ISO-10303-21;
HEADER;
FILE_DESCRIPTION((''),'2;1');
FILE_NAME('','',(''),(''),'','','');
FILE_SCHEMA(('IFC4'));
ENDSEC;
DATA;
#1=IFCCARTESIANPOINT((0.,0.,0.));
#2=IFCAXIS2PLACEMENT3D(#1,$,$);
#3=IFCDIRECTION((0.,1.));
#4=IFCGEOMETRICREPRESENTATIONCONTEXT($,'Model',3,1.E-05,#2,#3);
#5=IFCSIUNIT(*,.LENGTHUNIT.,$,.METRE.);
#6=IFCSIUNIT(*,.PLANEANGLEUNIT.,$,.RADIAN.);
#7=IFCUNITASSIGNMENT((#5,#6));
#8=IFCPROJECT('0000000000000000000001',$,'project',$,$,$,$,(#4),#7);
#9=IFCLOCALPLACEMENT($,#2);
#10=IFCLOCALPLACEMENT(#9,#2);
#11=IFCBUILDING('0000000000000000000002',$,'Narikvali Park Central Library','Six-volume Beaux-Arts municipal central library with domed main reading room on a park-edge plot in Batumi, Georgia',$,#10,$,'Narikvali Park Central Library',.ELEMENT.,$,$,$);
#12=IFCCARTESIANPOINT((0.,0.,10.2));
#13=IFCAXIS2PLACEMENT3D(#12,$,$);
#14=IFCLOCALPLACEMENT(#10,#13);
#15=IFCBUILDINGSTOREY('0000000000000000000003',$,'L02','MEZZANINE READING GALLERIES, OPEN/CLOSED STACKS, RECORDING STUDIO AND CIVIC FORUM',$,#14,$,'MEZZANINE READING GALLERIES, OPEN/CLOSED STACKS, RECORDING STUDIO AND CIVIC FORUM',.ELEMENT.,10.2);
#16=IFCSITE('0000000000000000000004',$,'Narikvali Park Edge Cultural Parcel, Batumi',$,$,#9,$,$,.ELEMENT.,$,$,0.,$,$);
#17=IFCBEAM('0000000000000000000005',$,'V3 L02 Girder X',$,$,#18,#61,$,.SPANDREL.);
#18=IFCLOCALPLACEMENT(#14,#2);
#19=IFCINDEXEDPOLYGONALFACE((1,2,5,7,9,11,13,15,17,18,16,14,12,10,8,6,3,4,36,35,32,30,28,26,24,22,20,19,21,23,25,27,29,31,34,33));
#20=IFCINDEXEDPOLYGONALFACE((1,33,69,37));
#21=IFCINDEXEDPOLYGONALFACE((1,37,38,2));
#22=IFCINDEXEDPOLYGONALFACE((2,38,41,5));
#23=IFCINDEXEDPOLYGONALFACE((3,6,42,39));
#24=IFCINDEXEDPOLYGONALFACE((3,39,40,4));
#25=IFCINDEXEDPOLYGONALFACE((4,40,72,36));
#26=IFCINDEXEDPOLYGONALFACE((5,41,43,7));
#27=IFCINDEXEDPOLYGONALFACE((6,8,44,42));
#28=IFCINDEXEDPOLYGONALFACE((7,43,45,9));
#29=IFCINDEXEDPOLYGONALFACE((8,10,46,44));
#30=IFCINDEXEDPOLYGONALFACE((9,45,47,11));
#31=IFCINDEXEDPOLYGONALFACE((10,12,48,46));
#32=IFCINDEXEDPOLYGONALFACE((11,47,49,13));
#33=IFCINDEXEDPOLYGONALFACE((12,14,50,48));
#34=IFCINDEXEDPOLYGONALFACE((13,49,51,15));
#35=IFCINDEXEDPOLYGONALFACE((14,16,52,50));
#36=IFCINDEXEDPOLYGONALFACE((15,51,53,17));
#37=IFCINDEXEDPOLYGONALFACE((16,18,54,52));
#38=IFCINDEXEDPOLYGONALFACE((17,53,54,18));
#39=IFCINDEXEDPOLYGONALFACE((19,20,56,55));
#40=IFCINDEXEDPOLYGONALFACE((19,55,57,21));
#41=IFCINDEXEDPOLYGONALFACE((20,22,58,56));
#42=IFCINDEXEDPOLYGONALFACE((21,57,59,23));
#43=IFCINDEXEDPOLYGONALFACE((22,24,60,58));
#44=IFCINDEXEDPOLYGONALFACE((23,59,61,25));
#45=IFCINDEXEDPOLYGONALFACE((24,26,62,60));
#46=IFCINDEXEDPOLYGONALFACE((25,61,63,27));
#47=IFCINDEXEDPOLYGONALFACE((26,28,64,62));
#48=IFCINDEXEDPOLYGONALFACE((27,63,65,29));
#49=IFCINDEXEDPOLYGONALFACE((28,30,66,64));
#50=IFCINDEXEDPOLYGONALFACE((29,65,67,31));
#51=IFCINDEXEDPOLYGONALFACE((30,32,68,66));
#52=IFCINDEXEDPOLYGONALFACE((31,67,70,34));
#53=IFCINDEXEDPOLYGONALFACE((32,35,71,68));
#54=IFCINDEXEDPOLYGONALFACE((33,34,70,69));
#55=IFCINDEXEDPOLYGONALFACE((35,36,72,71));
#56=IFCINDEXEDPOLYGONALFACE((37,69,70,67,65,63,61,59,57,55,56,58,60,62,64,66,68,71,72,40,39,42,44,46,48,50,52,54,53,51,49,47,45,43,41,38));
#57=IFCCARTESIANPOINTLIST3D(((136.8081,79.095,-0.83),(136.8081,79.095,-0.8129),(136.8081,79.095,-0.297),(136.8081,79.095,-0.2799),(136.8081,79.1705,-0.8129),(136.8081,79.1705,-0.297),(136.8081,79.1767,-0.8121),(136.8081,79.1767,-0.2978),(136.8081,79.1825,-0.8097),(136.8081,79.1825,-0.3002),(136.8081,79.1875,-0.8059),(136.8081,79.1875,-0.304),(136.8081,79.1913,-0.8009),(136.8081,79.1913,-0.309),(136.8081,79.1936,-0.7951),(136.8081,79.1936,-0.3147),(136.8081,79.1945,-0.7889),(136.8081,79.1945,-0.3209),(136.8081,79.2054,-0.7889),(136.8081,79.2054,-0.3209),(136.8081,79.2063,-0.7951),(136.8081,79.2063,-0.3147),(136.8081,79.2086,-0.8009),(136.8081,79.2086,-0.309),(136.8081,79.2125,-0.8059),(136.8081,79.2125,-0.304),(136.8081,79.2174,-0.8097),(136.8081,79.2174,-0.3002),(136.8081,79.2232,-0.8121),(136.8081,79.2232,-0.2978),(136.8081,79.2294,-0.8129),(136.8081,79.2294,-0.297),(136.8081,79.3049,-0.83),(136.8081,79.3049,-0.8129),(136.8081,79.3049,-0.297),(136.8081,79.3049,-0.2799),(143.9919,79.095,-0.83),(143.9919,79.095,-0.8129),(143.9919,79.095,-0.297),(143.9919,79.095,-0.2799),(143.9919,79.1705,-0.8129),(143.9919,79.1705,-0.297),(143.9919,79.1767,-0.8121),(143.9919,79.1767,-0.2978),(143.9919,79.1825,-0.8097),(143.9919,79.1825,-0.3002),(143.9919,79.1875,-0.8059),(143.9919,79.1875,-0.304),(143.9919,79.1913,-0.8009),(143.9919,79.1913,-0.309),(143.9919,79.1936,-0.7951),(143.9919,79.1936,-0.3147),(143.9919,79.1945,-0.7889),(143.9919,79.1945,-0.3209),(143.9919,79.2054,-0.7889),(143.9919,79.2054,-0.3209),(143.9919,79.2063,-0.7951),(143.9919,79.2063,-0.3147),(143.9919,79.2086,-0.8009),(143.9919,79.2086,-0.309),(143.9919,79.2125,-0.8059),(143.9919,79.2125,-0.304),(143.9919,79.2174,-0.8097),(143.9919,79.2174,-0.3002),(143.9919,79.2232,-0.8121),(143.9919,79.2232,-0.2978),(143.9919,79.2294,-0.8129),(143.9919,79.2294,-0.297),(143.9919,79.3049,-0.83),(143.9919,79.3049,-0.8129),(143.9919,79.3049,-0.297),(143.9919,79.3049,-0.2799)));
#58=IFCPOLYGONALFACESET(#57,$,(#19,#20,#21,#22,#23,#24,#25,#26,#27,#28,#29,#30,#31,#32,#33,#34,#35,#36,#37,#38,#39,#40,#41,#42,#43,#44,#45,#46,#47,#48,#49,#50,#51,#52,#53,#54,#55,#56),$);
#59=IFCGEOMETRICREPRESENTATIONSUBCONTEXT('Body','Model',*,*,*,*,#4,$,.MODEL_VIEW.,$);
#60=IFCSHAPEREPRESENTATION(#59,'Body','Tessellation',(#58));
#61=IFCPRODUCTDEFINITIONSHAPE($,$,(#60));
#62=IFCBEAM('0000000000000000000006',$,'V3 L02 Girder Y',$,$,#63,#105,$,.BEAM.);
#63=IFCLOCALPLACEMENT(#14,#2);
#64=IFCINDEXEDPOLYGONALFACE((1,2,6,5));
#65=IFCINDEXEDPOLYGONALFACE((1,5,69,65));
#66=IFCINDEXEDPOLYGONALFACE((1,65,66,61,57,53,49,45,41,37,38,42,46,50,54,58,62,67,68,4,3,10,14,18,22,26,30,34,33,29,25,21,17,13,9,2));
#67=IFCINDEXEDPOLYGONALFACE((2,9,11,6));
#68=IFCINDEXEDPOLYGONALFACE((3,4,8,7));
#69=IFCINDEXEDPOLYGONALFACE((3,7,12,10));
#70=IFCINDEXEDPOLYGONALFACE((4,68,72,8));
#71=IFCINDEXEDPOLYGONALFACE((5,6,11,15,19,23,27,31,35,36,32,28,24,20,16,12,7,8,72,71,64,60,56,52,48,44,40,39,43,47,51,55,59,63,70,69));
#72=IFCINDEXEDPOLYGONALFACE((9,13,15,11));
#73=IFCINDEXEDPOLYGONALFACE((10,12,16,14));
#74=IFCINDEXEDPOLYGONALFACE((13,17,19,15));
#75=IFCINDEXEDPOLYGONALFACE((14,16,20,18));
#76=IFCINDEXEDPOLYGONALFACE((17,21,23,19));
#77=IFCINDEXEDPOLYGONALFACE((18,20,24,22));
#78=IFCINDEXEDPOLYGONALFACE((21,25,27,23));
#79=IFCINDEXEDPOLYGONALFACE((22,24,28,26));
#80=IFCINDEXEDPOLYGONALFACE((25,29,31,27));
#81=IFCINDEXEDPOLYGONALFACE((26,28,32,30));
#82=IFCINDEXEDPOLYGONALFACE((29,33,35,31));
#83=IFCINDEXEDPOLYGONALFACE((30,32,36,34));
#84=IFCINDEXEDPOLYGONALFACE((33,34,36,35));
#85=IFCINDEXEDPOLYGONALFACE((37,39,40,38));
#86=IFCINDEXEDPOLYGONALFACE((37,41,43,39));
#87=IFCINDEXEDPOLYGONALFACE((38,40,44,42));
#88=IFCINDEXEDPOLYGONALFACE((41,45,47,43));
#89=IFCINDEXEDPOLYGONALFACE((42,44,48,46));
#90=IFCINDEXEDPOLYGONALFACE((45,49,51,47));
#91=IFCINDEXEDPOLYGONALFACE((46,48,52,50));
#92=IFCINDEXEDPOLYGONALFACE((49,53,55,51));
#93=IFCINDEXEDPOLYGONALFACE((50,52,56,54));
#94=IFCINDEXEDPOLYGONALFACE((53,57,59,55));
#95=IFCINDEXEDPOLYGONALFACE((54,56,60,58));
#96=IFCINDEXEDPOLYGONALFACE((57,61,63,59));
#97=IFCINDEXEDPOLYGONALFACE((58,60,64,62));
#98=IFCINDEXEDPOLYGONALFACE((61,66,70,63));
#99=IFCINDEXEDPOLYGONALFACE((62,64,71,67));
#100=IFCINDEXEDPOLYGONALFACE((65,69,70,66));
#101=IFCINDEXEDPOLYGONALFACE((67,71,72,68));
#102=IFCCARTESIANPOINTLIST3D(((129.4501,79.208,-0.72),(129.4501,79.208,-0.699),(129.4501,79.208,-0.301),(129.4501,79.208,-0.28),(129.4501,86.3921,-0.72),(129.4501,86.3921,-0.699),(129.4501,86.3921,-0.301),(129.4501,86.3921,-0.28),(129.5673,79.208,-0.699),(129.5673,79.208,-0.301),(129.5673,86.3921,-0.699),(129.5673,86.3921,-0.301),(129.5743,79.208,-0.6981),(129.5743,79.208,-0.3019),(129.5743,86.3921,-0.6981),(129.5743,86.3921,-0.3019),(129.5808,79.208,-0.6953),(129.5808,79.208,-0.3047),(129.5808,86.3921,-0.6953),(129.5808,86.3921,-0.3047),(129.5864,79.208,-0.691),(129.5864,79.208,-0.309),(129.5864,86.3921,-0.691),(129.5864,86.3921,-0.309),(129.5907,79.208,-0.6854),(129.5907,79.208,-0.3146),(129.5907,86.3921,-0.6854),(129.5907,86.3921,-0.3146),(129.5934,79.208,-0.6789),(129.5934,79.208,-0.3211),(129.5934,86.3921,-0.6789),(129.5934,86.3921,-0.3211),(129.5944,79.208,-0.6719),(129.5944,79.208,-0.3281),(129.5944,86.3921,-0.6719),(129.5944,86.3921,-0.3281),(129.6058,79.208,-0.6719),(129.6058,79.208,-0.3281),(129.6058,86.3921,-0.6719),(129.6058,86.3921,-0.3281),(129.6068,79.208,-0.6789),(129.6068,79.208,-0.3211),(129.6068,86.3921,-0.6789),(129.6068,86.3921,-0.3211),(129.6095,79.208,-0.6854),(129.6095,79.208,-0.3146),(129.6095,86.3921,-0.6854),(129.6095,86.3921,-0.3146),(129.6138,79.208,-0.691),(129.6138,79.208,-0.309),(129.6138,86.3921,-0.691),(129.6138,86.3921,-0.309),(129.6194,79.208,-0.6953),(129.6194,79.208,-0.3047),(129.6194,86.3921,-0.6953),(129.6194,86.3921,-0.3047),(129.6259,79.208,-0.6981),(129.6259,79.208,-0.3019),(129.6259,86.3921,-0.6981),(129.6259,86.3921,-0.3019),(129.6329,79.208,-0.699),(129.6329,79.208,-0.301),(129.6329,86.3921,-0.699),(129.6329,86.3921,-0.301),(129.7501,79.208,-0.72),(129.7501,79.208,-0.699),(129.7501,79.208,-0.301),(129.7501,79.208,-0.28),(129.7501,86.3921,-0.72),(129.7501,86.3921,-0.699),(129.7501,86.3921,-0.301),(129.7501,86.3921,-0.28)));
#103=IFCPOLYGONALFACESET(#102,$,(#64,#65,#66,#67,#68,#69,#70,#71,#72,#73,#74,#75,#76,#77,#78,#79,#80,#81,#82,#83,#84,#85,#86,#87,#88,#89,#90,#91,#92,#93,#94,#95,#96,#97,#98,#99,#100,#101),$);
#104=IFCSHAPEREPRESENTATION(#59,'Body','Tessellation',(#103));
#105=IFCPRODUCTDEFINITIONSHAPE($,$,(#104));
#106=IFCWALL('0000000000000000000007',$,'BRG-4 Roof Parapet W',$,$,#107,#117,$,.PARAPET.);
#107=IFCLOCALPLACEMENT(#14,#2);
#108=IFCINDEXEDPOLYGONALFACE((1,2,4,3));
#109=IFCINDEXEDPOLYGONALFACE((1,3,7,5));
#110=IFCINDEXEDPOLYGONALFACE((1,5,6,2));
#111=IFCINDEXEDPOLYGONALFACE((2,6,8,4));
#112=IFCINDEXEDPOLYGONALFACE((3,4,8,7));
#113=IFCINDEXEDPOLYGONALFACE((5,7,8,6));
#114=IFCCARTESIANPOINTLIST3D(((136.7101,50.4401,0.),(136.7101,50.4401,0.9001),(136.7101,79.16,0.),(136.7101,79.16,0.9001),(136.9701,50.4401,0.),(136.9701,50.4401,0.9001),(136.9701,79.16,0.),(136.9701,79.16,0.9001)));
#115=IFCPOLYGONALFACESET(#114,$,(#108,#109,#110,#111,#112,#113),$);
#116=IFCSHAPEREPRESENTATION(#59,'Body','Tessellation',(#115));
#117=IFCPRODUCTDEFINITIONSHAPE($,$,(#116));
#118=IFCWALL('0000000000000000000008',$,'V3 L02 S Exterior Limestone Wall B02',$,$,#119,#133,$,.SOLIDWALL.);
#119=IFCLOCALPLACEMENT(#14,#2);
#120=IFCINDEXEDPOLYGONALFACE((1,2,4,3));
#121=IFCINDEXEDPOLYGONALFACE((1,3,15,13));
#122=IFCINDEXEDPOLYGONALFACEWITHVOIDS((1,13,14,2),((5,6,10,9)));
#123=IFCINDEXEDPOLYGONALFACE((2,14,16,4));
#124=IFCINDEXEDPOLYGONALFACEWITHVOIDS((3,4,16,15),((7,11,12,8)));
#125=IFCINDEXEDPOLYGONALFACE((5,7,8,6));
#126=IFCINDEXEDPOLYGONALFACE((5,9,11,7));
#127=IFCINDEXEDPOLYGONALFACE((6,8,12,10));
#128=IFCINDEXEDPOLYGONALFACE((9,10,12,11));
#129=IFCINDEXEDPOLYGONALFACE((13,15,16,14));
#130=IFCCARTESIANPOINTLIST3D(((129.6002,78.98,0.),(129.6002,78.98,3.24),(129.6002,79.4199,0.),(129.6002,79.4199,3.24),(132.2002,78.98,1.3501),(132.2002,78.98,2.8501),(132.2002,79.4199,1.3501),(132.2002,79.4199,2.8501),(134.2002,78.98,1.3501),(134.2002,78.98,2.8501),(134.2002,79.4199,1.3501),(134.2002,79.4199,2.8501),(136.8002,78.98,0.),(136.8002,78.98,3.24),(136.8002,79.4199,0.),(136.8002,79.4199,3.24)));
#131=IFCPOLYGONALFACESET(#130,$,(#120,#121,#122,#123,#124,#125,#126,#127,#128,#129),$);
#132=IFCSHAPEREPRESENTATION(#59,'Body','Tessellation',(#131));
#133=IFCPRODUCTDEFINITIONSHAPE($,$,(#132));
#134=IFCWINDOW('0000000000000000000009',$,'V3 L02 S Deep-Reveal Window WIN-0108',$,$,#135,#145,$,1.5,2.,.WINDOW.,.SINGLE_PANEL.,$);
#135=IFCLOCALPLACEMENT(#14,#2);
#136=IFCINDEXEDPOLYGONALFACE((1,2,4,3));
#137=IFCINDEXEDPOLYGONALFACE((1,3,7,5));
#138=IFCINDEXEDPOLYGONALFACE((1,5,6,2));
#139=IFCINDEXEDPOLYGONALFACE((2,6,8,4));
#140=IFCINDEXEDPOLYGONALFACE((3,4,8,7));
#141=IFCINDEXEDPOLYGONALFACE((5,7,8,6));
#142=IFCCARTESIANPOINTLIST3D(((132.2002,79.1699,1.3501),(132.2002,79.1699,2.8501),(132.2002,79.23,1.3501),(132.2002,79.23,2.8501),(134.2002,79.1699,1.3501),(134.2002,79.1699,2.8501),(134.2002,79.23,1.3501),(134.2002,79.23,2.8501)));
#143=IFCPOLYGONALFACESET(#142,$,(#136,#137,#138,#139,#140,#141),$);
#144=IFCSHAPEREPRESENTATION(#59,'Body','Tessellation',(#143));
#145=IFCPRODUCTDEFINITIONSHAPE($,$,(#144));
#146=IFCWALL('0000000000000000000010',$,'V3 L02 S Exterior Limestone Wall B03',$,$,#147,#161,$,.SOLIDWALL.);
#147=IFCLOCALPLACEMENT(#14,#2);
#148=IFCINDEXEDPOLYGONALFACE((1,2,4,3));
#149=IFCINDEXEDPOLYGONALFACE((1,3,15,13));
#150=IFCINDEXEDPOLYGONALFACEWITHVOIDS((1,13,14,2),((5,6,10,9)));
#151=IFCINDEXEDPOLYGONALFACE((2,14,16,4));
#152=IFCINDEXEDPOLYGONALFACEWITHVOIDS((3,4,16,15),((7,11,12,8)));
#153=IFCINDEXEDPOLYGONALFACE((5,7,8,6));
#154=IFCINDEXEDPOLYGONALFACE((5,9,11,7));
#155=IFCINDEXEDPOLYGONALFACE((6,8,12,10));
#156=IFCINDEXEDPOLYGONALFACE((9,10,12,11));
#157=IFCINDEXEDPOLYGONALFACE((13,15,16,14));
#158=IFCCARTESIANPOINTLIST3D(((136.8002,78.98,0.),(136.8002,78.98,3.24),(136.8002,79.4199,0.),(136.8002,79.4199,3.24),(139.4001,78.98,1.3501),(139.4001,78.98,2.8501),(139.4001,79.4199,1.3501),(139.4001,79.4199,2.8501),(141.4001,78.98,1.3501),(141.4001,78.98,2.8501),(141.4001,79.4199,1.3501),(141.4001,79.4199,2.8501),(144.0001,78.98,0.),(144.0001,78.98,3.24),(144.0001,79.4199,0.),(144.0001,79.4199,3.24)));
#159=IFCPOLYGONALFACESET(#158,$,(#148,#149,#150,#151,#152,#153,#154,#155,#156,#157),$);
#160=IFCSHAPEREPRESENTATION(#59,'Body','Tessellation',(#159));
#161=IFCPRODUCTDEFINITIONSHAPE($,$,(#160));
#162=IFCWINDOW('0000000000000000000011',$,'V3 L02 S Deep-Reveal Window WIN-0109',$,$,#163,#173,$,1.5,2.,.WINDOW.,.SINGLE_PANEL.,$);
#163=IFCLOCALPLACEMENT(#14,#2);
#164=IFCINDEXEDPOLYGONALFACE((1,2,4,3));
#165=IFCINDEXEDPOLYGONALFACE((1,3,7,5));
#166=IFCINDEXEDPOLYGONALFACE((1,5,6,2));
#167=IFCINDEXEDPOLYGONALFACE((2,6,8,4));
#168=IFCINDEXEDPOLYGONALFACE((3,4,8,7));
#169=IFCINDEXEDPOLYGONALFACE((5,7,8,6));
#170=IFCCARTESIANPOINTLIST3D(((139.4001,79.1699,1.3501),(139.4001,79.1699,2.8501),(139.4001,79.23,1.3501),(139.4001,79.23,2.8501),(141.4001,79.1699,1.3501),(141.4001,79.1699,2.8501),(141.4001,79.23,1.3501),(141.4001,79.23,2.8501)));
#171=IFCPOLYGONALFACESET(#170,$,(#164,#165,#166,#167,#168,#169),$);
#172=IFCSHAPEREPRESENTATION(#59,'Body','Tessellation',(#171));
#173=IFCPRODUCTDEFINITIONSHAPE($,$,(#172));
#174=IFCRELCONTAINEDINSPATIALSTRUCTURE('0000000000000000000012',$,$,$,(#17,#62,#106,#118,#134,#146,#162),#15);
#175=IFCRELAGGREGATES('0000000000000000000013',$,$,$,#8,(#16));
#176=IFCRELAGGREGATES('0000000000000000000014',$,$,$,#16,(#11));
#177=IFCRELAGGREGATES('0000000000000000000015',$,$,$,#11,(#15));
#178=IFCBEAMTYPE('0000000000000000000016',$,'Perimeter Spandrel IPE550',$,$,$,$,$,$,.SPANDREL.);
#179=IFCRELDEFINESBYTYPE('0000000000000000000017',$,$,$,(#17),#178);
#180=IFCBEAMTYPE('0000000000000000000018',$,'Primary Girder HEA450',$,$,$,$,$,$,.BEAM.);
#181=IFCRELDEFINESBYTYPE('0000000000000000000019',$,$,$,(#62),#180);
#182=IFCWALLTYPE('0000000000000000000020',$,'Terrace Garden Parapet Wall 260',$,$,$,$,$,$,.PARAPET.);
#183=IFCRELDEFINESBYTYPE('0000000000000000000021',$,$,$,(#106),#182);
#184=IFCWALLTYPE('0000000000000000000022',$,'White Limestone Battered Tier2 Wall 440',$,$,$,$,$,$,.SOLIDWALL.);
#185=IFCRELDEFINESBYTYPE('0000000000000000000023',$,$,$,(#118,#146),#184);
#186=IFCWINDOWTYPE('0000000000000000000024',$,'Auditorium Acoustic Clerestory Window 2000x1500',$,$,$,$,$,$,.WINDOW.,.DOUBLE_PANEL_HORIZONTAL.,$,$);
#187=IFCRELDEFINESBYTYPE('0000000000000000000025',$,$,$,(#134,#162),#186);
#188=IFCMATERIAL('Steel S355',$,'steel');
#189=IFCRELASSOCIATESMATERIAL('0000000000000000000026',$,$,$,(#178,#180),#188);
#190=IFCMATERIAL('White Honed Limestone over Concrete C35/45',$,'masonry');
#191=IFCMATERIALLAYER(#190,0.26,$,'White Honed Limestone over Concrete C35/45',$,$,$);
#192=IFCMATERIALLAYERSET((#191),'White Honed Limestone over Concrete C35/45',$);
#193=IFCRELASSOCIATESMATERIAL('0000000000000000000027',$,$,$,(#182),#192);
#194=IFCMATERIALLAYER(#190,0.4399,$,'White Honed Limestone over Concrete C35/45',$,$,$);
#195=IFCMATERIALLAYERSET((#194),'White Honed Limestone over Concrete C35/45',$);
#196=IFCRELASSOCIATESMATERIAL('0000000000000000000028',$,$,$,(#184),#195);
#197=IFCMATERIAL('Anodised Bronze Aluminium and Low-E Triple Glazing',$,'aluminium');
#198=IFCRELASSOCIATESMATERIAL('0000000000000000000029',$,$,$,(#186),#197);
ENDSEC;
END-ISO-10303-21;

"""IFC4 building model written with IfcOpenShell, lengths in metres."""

from ifc_helpers import new_model, si_unit, direction, frame, frame_2d, origin, origin_2d, place, context, subcontext, project, spatial, rectangle, i_section, extrude, material, layer, layer_set, material_profile, profile_set, type_object, element, fill, save


model = new_model("IFC4")

# Units and contexts
model_context = context("Model", 3, precision=1e-05, world=origin(), true_north=direction((0.0, 1.0)))
body_context = subcontext(model_context, "Body", "Model", "MODEL_VIEW")
ifc_project = project(units=[si_unit("LENGTHUNIT", "METRE"), si_unit("PLANEANGLEUNIT", "RADIAN")], contexts=[model_context])

# Site, building, storey
site_placement = place(None, origin())
site = spatial("IfcSite", under=ifc_project, at=site_placement, Name="Narikvali Park Edge Cultural Parcel, Batumi", CompositionType="ELEMENT", RefElevation=0.0)
building_placement = place(site_placement, origin())
building = spatial("IfcBuilding", under=site, at=building_placement, Name="Narikvali Park Central Library", Description="Six-volume Beaux-Arts municipal central library with domed main reading room on a park-edge plot in Batumi, Georgia", LongName="Narikvali Park Central Library", CompositionType="ELEMENT")
storey_placement = place(building_placement, frame((0.0, 0.0, 10.2)))
storey = spatial("IfcBuildingStorey", under=building, at=storey_placement, Name="L02", Description="MEZZANINE READING GALLERIES, OPEN/CLOSED STACKS, RECORDING STUDIO AND CIVIC FORUM", LongName="MEZZANINE READING GALLERIES, OPEN/CLOSED STACKS, RECORDING STUDIO AND CIVIC FORUM", CompositionType="ELEMENT", Elevation=10.2)

# Shared definitions
ifc_material_1 = material(Name="Steel S355", Category="steel")

# Beams
ifc_material_profile_1 = material_profile(ifc_material_1, i_section(OverallWidth=0.21, OverallDepth=0.55, WebThickness=0.011, FlangeThickness=0.0171, FilletRadius=0.0239, at=origin_2d()), Name="IPE 550")
ifc_profile_set_1 = profile_set([ifc_material_profile_1], Name="Steel S355")
beam_type_1 = type_object("IfcBeamType", Name="Perimeter Spandrel IPE550", PredefinedType="SPANDREL", material=ifc_profile_set_1)
beam_1_placement = place(storey_placement, frame((136.8081, 79.2, -0.5549), z_axis=(1.0, 0.0, 0.0), x_axis=(0.0, 1.0, 0.0)))
element("IfcBeam", 1, at=beam_1_placement, inside=storey, type_object=beam_type_1, Name="V3 L02 Girder X", PredefinedType="SPANDREL", context=body_context, shape_type="SweptSolid", body=[
    extrude(i_section(OverallWidth=0.21, OverallDepth=0.55, WebThickness=0.011, FlangeThickness=0.0171, FilletRadius=0.0239, at=origin_2d()), origin(), (0.0, 0.0, 1.0), 7.1838),
])
ifc_material_profile_2 = material_profile(ifc_material_1, i_section(OverallWidth=0.3, OverallDepth=0.4399, WebThickness=0.0115, FlangeThickness=0.021, FilletRadius=0.0271, at=origin_2d()), Name="HEA 450")
ifc_profile_set_2 = profile_set([ifc_material_profile_2], Name="Steel S355")
beam_type_2 = type_object("IfcBeamType", Name="Primary Girder HEA450", PredefinedType="BEAM", material=ifc_profile_set_2)
beam_2_placement = place(storey_placement, frame((129.6001, 79.208, -0.5), z_axis=(0.0, 1.0, 0.0), x_axis=(-1.0, 0.0, 0.0)))
element("IfcBeam", 2, at=beam_2_placement, inside=storey, type_object=beam_type_2, Name="V3 L02 Girder Y", PredefinedType="BEAM", context=body_context, shape_type="SweptSolid", body=[
    extrude(i_section(OverallWidth=0.3, OverallDepth=0.4399, WebThickness=0.0115, FlangeThickness=0.021, FilletRadius=0.0271, at=origin_2d()), origin(), (0.0, 0.0, 1.0), 7.1841),
])

# Wall
ifc_material_2 = material(Name="White Honed Limestone over Concrete C35/45", Category="masonry")
ifc_layer_1 = layer(ifc_material_2, 0.26, Name="White Honed Limestone over Concrete C35/45")
ifc_layer_set_1 = layer_set([ifc_layer_1], Name="White Honed Limestone over Concrete C35/45")
wall_type_1 = type_object("IfcWallType", Name="Terrace Garden Parapet Wall 260", PredefinedType="PARAPET", material=ifc_layer_set_1)
wall_1_placement = place(storey_placement, frame((136.8401, 79.1599, 0.0), z_axis=(0.0, 0.0, 1.0), x_axis=(0.0, -1.0, 0.0)))
element("IfcWall", 3, at=wall_1_placement, inside=storey, type_object=wall_type_1, Name="BRG-4 Roof Parapet W", PredefinedType="PARAPET", context=body_context, shape_type="SweptSolid", body=[
    extrude(rectangle(XDim=28.72, YDim=0.26, at=frame_2d((14.3599, 0.0))), origin(), (0.0, 0.0, 1.0), 0.9001),
])

# Walls, openings, windows
ifc_layer_2 = layer(ifc_material_2, 0.4399, Name="White Honed Limestone over Concrete C35/45")
ifc_layer_set_2 = layer_set([ifc_layer_2], Name="White Honed Limestone over Concrete C35/45")
wall_type_2 = type_object("IfcWallType", Name="White Limestone Battered Tier2 Wall 440", PredefinedType="SOLIDWALL", material=ifc_layer_set_2)
wall_2_placement = place(storey_placement, frame((129.6001, 79.2, 0.0), z_axis=(0.0, 0.0, 1.0), x_axis=(1.0, 0.0, 0.0)))
wall_2 = element("IfcWall", 4, at=wall_2_placement, inside=storey, type_object=wall_type_2, Name="V3 L02 S Exterior Limestone Wall B02", PredefinedType="SOLIDWALL", context=body_context, shape_type="SweptSolid", body=[
    extrude(rectangle(XDim=7.2, YDim=0.4399, at=frame_2d((3.6001, 0.0))), origin(), (0.0, 0.0, 1.0), 3.24),
])
opening_1_placement = place(wall_2_placement, frame((2.6001, 0.0, 1.3501)))
opening_1 = element("IfcOpeningElement", 5, at=opening_1_placement, cuts=wall_2, PredefinedType="OPENING", context=body_context, shape_type="SweptSolid", body=[
    extrude(rectangle(XDim=2.0, YDim=1.5, at=frame_2d((1.0, 0.75))), frame((0.0, 0.2319, 0.0), z_axis=(0.0, -1.0, 0.0), x_axis=(1.0, 0.0, 0.0)), (0.0, 0.0, 1.0), 0.4639),
])
ifc_material_3 = material(Name="Anodised Bronze Aluminium and Low-E Triple Glazing", Category="aluminium")
window_type = type_object("IfcWindowType", Name="Auditorium Acoustic Clerestory Window 2000x1500", PartitioningType="DOUBLE_PANEL_HORIZONTAL", PredefinedType="WINDOW", material=ifc_material_3)
window_1_placement = place(opening_1_placement, origin())
window_1 = element("IfcWindow", 6, at=window_1_placement, inside=storey, type_object=window_type, Name="V3 L02 S Deep-Reveal Window WIN-0108", OverallHeight=1.5, OverallWidth=2.0, PartitioningType="SINGLE_PANEL", PredefinedType="WINDOW", context=body_context, shape_type="SweptSolid", body=[
    extrude(rectangle(XDim=2.0, YDim=1.5, at=frame_2d((1.0, 0.75))), frame((0.0, 0.03, 0.0), z_axis=(0.0, -1.0, 0.0), x_axis=(1.0, 0.0, 0.0)), (0.0, 0.0, 1.0), 0.0601),
])
fill(opening_1, window_1)
wall_3_placement = place(storey_placement, frame((136.8, 79.2, 0.0), z_axis=(0.0, 0.0, 1.0), x_axis=(1.0, 0.0, 0.0)))
wall_3 = element("IfcWall", 7, at=wall_3_placement, inside=storey, type_object=wall_type_2, Name="V3 L02 S Exterior Limestone Wall B03", PredefinedType="SOLIDWALL", context=body_context, shape_type="SweptSolid", body=[
    extrude(rectangle(XDim=7.2, YDim=0.4399, at=frame_2d((3.6001, 0.0))), origin(), (0.0, 0.0, 1.0), 3.24),
])
opening_2_placement = place(wall_3_placement, frame((2.6001, 0.0, 1.3501)))
opening_2 = element("IfcOpeningElement", 8, at=opening_2_placement, cuts=wall_3, PredefinedType="OPENING", context=body_context, shape_type="SweptSolid", body=[
    extrude(rectangle(XDim=2.0, YDim=1.5, at=frame_2d((1.0, 0.75))), frame((0.0, 0.2319, 0.0), z_axis=(0.0, -1.0, 0.0), x_axis=(1.0, 0.0, 0.0)), (0.0, 0.0, 1.0), 0.4639),
])
window_2_placement = place(opening_2_placement, origin())
window_2 = element("IfcWindow", 9, at=window_2_placement, inside=storey, type_object=window_type, Name="V3 L02 S Deep-Reveal Window WIN-0109", OverallHeight=1.5, OverallWidth=2.0, PartitioningType="SINGLE_PANEL", PredefinedType="WINDOW", context=body_context, shape_type="SweptSolid", body=[
    extrude(rectangle(XDim=2.0, YDim=1.5, at=frame_2d((1.0, 0.75))), frame((0.0, 0.03, 0.0), z_axis=(0.0, -1.0, 0.0), x_axis=(1.0, 0.0, 0.0)), (0.0, 0.0, 1.0), 0.0601),
])
fill(opening_2, window_2)

save(model, "model.ifc")
